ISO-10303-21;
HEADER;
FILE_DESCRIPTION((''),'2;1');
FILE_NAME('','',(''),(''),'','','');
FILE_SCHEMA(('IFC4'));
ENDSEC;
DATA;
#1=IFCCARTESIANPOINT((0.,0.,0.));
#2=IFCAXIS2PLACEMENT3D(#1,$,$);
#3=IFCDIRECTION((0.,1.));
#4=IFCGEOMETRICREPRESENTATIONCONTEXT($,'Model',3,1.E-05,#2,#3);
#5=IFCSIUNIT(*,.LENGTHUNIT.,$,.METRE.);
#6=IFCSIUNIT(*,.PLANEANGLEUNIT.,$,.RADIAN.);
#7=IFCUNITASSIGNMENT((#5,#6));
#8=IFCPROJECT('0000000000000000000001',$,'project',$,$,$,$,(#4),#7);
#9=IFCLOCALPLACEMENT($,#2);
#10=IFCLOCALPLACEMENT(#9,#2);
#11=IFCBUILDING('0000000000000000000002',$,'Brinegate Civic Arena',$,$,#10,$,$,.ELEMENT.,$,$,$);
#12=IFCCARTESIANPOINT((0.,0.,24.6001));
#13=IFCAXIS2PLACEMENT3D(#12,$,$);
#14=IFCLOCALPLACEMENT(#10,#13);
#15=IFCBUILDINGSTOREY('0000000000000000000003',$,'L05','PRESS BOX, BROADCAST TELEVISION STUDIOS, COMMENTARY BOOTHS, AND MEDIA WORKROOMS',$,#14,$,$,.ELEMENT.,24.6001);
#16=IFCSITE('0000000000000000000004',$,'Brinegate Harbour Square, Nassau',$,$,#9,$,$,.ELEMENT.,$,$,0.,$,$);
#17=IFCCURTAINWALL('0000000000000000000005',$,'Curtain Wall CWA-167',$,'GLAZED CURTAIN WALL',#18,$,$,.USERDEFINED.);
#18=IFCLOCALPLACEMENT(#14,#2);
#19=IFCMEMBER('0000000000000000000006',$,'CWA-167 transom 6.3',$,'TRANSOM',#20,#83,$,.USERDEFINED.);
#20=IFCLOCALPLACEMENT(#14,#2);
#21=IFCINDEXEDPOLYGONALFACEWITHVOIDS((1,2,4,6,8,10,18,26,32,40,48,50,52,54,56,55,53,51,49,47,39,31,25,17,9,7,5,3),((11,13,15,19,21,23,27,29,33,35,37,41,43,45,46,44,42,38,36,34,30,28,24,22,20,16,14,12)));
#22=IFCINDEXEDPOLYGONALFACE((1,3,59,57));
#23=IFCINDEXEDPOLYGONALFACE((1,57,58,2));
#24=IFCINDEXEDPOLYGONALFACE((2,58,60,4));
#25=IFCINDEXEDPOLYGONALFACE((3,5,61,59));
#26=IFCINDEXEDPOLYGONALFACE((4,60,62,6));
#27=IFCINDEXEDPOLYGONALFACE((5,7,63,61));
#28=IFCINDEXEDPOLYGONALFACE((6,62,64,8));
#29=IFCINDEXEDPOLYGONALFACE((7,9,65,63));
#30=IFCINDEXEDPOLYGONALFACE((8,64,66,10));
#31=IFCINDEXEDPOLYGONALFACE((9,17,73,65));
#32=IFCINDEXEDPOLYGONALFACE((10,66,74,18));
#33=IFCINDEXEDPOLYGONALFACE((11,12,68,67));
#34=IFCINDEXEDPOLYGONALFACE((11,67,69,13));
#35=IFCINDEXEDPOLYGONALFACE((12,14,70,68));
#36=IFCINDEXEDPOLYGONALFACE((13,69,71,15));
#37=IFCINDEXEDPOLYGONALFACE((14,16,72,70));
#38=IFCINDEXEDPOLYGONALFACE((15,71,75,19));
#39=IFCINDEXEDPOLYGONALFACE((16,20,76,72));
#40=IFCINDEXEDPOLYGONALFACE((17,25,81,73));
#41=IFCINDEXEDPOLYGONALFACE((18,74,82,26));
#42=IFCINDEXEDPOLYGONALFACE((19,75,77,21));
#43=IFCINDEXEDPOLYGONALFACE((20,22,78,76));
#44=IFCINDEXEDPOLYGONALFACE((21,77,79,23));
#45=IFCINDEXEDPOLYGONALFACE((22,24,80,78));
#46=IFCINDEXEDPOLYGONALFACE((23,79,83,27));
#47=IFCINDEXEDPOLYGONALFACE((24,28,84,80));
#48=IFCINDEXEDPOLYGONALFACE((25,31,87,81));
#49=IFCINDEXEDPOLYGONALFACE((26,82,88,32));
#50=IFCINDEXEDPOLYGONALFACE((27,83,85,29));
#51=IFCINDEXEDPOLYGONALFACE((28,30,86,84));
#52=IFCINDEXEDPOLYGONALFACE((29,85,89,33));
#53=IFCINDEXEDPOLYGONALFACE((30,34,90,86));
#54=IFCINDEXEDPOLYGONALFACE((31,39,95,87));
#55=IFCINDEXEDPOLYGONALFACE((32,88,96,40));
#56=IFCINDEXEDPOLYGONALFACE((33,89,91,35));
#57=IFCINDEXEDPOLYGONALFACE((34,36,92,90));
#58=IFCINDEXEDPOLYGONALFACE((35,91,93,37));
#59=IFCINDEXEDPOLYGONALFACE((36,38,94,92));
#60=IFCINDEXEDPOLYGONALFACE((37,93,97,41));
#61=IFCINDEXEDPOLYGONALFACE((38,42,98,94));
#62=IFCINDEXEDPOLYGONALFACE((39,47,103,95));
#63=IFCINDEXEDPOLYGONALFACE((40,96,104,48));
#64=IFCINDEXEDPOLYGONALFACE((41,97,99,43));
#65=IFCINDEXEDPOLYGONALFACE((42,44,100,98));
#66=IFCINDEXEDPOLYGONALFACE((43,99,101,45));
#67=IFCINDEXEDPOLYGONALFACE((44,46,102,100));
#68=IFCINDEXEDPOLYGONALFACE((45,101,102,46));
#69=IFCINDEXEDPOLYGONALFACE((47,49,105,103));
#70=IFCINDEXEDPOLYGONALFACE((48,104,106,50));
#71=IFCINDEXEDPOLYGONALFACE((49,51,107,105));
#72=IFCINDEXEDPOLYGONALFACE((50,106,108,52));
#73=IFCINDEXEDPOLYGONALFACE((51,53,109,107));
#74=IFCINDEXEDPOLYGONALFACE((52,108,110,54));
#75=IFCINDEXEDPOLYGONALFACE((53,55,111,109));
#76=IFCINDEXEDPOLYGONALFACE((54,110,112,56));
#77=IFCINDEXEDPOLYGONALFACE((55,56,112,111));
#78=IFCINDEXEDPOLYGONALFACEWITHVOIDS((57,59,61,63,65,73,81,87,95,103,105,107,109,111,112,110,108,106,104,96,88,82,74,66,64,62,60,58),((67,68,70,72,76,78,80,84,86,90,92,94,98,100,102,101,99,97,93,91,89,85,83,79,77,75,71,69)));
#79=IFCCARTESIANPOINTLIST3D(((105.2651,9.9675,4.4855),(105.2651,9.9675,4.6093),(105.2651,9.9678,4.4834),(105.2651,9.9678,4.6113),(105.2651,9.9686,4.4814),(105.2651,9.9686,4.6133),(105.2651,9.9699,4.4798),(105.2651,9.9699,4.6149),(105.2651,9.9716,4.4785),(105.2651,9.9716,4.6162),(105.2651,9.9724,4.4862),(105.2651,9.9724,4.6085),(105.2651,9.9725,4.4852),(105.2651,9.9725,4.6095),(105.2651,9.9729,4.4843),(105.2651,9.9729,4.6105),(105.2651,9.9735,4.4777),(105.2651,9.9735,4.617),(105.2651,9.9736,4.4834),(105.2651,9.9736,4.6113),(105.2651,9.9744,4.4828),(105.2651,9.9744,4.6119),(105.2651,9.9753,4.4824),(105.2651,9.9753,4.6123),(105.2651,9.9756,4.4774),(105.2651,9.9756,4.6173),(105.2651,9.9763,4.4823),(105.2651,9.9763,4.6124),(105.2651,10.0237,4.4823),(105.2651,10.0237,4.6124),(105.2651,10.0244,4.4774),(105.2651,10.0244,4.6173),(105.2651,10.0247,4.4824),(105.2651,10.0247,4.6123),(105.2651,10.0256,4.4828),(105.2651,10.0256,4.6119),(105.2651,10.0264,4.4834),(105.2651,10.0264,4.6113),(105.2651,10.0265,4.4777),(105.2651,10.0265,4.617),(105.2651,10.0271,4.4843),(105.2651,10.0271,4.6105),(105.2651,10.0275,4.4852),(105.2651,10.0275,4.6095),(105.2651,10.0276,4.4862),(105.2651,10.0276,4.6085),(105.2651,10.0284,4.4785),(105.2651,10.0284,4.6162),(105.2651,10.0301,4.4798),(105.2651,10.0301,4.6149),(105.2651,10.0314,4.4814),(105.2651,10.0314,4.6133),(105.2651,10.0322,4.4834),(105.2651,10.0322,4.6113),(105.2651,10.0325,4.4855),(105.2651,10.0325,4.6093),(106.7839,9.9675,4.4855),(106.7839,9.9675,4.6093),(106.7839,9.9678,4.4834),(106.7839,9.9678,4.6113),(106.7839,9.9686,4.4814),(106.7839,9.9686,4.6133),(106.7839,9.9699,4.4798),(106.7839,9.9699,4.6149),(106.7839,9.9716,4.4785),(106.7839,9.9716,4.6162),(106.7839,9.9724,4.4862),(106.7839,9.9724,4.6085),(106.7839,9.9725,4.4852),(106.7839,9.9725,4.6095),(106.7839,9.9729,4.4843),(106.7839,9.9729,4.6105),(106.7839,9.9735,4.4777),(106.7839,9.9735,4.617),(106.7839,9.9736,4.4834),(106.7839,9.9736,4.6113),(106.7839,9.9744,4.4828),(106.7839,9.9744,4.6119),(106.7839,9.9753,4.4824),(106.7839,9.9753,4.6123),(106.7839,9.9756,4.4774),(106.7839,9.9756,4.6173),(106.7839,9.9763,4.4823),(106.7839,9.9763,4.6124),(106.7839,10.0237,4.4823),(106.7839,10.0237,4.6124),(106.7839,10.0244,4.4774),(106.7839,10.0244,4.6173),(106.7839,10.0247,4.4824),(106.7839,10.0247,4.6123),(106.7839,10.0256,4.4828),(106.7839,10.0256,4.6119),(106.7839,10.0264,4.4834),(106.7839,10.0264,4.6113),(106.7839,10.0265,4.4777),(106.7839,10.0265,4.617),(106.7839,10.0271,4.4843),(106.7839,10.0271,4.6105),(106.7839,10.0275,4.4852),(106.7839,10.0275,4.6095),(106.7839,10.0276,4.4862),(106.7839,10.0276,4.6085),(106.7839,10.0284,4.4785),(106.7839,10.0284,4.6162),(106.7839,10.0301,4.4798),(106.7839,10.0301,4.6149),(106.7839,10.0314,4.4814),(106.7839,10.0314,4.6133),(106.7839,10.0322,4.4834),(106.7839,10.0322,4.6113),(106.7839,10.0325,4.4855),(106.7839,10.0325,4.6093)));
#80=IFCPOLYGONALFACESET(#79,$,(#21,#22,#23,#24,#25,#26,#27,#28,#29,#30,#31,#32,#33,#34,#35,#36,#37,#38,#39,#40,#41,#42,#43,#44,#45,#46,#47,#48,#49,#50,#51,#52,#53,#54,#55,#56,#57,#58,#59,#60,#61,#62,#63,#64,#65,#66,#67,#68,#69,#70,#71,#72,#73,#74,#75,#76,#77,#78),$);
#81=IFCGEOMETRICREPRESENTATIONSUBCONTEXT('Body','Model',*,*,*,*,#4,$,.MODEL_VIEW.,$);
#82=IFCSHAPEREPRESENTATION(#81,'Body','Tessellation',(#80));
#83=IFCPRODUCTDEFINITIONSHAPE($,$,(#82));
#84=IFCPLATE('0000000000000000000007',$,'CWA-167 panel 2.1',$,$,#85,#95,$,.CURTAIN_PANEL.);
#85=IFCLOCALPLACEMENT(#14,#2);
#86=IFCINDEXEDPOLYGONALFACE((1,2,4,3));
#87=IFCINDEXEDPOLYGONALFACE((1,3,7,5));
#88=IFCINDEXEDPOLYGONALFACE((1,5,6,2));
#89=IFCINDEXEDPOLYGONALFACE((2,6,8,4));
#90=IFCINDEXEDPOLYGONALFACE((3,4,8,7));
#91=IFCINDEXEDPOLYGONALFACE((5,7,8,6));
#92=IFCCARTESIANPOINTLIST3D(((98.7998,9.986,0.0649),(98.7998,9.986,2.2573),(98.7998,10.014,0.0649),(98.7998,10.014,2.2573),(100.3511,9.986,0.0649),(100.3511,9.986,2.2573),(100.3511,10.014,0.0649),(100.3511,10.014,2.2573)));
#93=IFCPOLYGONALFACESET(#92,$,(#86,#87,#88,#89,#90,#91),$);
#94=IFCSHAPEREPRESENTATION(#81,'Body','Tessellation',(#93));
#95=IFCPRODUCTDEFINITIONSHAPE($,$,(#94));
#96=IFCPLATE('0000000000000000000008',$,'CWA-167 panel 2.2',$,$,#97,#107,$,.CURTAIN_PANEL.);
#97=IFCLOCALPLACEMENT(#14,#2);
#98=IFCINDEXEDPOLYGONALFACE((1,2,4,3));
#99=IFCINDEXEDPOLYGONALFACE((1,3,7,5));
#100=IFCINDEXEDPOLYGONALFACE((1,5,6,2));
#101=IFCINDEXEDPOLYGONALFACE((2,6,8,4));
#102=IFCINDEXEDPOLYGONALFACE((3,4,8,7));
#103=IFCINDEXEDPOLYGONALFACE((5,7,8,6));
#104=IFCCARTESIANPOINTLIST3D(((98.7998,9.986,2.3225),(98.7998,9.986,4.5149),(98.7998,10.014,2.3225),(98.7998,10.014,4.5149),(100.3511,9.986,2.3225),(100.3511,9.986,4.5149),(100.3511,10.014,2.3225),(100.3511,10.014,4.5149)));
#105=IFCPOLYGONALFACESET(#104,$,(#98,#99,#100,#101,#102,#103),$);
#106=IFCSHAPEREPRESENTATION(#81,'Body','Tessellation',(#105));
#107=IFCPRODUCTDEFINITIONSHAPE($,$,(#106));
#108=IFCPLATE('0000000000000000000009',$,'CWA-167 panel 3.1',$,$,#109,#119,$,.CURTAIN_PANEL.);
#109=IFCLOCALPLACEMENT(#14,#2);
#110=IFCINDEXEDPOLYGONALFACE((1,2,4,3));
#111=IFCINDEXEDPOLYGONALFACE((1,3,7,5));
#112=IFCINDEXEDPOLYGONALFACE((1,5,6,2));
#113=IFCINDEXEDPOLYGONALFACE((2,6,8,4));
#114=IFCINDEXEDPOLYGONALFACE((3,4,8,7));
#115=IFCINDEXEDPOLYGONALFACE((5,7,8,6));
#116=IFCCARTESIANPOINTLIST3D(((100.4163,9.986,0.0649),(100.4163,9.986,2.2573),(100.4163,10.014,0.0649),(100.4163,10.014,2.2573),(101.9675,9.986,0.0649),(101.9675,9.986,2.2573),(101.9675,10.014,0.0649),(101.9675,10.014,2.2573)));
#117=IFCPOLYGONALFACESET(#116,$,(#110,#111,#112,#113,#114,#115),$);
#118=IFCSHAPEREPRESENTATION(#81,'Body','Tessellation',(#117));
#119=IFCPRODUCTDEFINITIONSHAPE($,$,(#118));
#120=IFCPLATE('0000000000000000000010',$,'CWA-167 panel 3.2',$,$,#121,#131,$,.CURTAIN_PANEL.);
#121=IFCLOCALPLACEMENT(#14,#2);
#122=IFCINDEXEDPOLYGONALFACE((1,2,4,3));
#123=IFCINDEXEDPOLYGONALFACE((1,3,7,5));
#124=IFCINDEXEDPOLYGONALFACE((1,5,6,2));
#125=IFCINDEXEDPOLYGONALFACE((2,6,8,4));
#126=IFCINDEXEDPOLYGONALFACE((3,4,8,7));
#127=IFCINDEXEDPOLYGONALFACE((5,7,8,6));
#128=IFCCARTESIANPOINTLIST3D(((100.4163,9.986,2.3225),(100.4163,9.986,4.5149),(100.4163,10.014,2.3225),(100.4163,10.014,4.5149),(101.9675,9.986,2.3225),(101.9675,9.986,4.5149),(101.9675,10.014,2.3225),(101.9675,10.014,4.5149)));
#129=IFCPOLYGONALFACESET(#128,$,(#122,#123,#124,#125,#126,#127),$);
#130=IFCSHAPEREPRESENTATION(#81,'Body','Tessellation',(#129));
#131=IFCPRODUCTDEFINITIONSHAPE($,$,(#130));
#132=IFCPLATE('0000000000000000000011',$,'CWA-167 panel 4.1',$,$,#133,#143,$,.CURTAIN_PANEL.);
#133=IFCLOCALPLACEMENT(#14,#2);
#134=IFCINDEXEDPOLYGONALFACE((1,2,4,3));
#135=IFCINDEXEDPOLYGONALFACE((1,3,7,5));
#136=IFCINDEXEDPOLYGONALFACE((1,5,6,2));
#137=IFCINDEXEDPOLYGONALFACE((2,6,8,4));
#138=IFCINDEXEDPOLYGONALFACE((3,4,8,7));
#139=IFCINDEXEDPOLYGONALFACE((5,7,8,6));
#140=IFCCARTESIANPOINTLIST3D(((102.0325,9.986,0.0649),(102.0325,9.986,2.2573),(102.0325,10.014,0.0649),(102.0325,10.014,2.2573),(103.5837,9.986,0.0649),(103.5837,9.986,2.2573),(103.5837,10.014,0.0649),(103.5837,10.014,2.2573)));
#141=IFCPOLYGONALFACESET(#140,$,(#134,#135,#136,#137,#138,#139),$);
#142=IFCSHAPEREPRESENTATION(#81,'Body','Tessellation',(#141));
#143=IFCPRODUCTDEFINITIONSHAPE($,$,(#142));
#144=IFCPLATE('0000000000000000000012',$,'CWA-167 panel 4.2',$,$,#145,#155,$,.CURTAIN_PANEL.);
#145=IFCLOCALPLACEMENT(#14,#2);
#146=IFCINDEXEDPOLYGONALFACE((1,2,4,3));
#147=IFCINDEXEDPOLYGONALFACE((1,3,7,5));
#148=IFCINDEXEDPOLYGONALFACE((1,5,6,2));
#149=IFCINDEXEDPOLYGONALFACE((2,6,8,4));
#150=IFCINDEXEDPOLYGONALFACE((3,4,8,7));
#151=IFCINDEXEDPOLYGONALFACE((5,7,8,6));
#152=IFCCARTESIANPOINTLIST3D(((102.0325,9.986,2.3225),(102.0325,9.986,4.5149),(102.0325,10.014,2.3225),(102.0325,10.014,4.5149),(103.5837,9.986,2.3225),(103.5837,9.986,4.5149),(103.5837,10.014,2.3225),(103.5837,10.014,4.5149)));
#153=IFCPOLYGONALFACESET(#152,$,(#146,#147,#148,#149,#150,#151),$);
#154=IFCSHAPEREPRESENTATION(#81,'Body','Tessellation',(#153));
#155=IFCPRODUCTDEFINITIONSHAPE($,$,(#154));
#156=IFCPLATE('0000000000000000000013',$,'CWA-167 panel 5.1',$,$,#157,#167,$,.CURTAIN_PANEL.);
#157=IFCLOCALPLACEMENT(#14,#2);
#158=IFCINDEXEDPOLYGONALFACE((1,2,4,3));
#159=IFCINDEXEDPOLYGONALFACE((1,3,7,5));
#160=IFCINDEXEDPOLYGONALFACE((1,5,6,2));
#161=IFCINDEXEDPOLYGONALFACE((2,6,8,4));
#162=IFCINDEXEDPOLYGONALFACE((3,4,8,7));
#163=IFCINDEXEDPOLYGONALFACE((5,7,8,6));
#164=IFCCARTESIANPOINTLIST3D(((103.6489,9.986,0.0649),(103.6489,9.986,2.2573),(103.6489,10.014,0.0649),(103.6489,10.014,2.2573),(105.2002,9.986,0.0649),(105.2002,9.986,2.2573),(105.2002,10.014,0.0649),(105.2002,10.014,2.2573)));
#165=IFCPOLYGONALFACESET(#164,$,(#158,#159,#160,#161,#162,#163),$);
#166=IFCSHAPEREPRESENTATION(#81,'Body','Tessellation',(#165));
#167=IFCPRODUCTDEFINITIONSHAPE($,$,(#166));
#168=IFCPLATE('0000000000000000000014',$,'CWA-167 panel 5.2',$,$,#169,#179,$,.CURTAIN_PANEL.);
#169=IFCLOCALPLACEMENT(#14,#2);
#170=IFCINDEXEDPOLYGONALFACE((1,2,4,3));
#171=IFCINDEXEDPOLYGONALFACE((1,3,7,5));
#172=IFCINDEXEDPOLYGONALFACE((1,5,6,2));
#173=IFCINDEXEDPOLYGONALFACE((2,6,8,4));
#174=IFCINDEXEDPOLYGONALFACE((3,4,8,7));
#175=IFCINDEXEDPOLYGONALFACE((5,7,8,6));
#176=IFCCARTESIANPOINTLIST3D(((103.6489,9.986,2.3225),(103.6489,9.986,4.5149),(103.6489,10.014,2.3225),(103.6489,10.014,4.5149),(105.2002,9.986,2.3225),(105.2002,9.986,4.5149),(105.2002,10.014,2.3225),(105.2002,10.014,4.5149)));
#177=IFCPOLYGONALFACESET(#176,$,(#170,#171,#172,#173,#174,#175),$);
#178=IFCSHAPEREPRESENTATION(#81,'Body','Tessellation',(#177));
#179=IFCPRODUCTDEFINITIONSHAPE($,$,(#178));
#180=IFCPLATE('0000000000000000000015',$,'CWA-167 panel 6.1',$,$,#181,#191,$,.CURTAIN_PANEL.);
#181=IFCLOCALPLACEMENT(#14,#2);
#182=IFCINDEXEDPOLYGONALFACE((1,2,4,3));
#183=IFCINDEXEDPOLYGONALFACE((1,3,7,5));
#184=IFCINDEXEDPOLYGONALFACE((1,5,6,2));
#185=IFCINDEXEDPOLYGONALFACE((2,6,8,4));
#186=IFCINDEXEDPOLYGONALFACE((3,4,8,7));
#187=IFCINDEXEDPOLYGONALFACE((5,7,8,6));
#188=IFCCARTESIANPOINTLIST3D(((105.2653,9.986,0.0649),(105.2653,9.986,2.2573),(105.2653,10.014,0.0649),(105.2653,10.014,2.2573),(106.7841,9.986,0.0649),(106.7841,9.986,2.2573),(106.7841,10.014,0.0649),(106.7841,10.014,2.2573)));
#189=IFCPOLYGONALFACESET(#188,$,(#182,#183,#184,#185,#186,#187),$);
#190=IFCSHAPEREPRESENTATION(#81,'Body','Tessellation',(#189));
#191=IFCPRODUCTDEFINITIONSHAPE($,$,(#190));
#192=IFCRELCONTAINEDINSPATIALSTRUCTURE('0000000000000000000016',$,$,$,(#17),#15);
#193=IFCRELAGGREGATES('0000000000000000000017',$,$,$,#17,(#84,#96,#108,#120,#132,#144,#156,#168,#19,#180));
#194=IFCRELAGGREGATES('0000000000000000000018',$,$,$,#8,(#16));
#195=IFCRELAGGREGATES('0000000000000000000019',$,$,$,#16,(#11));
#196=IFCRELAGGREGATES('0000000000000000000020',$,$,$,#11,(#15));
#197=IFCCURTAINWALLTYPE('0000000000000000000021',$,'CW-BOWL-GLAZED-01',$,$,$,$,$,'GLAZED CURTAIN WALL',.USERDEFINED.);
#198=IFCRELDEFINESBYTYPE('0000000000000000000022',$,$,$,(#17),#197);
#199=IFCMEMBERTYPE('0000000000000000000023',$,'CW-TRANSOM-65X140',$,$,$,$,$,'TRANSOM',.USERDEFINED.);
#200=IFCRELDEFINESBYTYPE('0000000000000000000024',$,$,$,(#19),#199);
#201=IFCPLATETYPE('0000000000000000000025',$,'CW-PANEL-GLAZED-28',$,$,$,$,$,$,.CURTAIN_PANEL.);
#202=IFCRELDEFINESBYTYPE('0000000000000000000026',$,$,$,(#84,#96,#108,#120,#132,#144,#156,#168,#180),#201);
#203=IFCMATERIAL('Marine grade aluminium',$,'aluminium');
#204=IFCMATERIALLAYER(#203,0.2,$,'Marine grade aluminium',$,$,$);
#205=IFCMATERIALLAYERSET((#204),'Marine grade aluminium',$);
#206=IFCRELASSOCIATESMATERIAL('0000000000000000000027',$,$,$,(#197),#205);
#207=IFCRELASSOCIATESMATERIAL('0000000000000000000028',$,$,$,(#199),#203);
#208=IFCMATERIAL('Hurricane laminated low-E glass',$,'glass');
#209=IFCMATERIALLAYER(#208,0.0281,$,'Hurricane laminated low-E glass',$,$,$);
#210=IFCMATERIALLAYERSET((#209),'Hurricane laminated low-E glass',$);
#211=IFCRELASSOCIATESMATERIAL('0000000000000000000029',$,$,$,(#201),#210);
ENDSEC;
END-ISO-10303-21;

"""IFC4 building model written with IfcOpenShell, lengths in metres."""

from ifc_helpers import new_model, si_unit, direction, frame, origin, origin_2d, place, context, subcontext, project, spatial, rectangle, hollow_rectangle, extrude, material, layer, layer_set, material_profile, profile_set, type_object, element, aggregate, save


model = new_model("IFC4")

# Units and contexts
model_context = context("Model", 3, precision=1e-05, world=origin(), true_north=direction((0.0, 1.0)))
body_context = subcontext(model_context, "Body", "Model", "MODEL_VIEW")
ifc_project = project(units=[si_unit("LENGTHUNIT", "METRE"), si_unit("PLANEANGLEUNIT", "RADIAN")], contexts=[model_context])

# Site, building, storey
site_placement = place(None, origin())
site = spatial("IfcSite", under=ifc_project, at=site_placement, Name="Brinegate Harbour Square, Nassau", CompositionType="ELEMENT", RefElevation=0.0)
building_placement = place(site_placement, origin())
building = spatial("IfcBuilding", under=site, at=building_placement, Name="Brinegate Civic Arena", CompositionType="ELEMENT")
storey_placement = place(building_placement, frame((0.0, 0.0, 24.6001)))
storey = spatial("IfcBuildingStorey", under=building, at=storey_placement, Name="L05", Description="PRESS BOX, BROADCAST TELEVISION STUDIOS, COMMENTARY BOOTHS, AND MEDIA WORKROOMS", CompositionType="ELEMENT", Elevation=24.6001)

# Curtain wall, member, plates
ifc_material_1 = material(Name="Marine grade aluminium", Category="aluminium")
ifc_layer_1 = layer(ifc_material_1, 0.2, Name="Marine grade aluminium")
ifc_layer_set_1 = layer_set([ifc_layer_1], Name="Marine grade aluminium")
curtain_wall_type = type_object("IfcCurtainWallType", Name="CW-BOWL-GLAZED-01", ElementType="GLAZED CURTAIN WALL", PredefinedType="USERDEFINED", material=ifc_layer_set_1)
curtain_wall_placement = place(storey_placement, origin())
curtain_wall = element("IfcCurtainWall", 1, at=curtain_wall_placement, inside=storey, type_object=curtain_wall_type, Name="Curtain Wall CWA-167", ObjectType="GLAZED CURTAIN WALL", PredefinedType="USERDEFINED")
ifc_material_profile_1 = material_profile(ifc_material_1, hollow_rectangle(XDim=0.0649, YDim=0.1399, WallThickness=0.0049, InnerFilletRadius=0.0039, OuterFilletRadius=0.0081, at=origin_2d()), Name="TRN65X140")
ifc_profile_set_1 = profile_set([ifc_material_profile_1], Name="Marine grade aluminium")
member_type_1 = type_object("IfcMemberType", Name="CW-TRANSOM-65X140", ElementType="TRANSOM", PredefinedType="USERDEFINED", material=ifc_profile_set_1)
member_1_placement = place(storey_placement, frame((105.2651, 10.0, 4.5474), z_axis=(1.0, 0.0, 0.0), x_axis=(0.0, 1.0, 0.0)))
member_1 = element("IfcMember", 2, at=member_1_placement, type_object=member_type_1, Name="CWA-167 transom 6.3", ObjectType="TRANSOM", PredefinedType="USERDEFINED", context=body_context, shape_type="SweptSolid", body=[
    extrude(hollow_rectangle(XDim=0.0649, YDim=0.1399, WallThickness=0.0049, InnerFilletRadius=0.0039, OuterFilletRadius=0.0081, at=origin_2d()), origin(), (0.0, 0.0, 1.0), 1.5188),
])
ifc_material_2 = material(Name="Hurricane laminated low-E glass", Category="glass")
ifc_layer_2 = layer(ifc_material_2, 0.0281, Name="Hurricane laminated low-E glass")
ifc_layer_set_2 = layer_set([ifc_layer_2], Name="Hurricane laminated low-E glass")
plate_type = type_object("IfcPlateType", Name="CW-PANEL-GLAZED-28", PredefinedType="CURTAIN_PANEL", material=ifc_layer_set_2)
plate_1_placement = place(storey_placement, frame((99.5754, 10.0, 0.0649), z_axis=(0.0, 0.0, 1.0), x_axis=(1.0, 0.0, 0.0)))
plate_1 = element("IfcPlate", 3, at=plate_1_placement, type_object=plate_type, Name="CWA-167 panel 2.1", PredefinedType="CURTAIN_PANEL", context=body_context, shape_type="SweptSolid", body=[
    extrude(rectangle(XDim=1.5513, YDim=0.0281, at=origin_2d()), origin(), (0.0, 0.0, 1.0), 2.1924),
])
plate_2_placement = place(storey_placement, frame((99.5754, 10.0, 2.3225), z_axis=(0.0, 0.0, 1.0), x_axis=(1.0, 0.0, 0.0)))
plate_2 = element("IfcPlate", 4, at=plate_2_placement, type_object=plate_type, Name="CWA-167 panel 2.2", PredefinedType="CURTAIN_PANEL", context=body_context, shape_type="SweptSolid", body=[
    extrude(rectangle(XDim=1.5513, YDim=0.0281, at=origin_2d()), origin(), (0.0, 0.0, 1.0), 2.1924),
])
plate_3_placement = place(storey_placement, frame((101.1919, 10.0, 0.0649), z_axis=(0.0, 0.0, 1.0), x_axis=(1.0, 0.0, 0.0)))
plate_3 = element("IfcPlate", 5, at=plate_3_placement, type_object=plate_type, Name="CWA-167 panel 3.1", PredefinedType="CURTAIN_PANEL", context=body_context, shape_type="SweptSolid", body=[
    extrude(rectangle(XDim=1.5513, YDim=0.0281, at=origin_2d()), origin(), (0.0, 0.0, 1.0), 2.1924),
])
plate_4_placement = place(storey_placement, frame((101.1919, 10.0, 2.3225), z_axis=(0.0, 0.0, 1.0), x_axis=(1.0, 0.0, 0.0)))
plate_4 = element("IfcPlate", 6, at=plate_4_placement, type_object=plate_type, Name="CWA-167 panel 3.2", PredefinedType="CURTAIN_PANEL", context=body_context, shape_type="SweptSolid", body=[
    extrude(rectangle(XDim=1.5513, YDim=0.0281, at=origin_2d()), origin(), (0.0, 0.0, 1.0), 2.1924),
])
plate_5_placement = place(storey_placement, frame((102.8081, 10.0, 0.0649), z_axis=(0.0, 0.0, 1.0), x_axis=(1.0, 0.0, 0.0)))
plate_5 = element("IfcPlate", 7, at=plate_5_placement, type_object=plate_type, Name="CWA-167 panel 4.1", PredefinedType="CURTAIN_PANEL", context=body_context, shape_type="SweptSolid", body=[
    extrude(rectangle(XDim=1.5513, YDim=0.0281, at=origin_2d()), origin(), (0.0, 0.0, 1.0), 2.1924),
])
plate_6_placement = place(storey_placement, frame((102.8081, 10.0, 2.3225), z_axis=(0.0, 0.0, 1.0), x_axis=(1.0, 0.0, 0.0)))
plate_6 = element("IfcPlate", 8, at=plate_6_placement, type_object=plate_type, Name="CWA-167 panel 4.2", PredefinedType="CURTAIN_PANEL", context=body_context, shape_type="SweptSolid", body=[
    extrude(rectangle(XDim=1.5513, YDim=0.0281, at=origin_2d()), origin(), (0.0, 0.0, 1.0), 2.1924),
])
plate_7_placement = place(storey_placement, frame((104.4246, 10.0, 0.0649), z_axis=(0.0, 0.0, 1.0), x_axis=(1.0, 0.0, 0.0)))
plate_7 = element("IfcPlate", 9, at=plate_7_placement, type_object=plate_type, Name="CWA-167 panel 5.1", PredefinedType="CURTAIN_PANEL", context=body_context, shape_type="SweptSolid", body=[
    extrude(rectangle(XDim=1.5513, YDim=0.0281, at=origin_2d()), origin(), (0.0, 0.0, 1.0), 2.1924),
])
plate_8_placement = place(storey_placement, frame((104.4246, 10.0, 2.3225), z_axis=(0.0, 0.0, 1.0), x_axis=(1.0, 0.0, 0.0)))
plate_8 = element("IfcPlate", 10, at=plate_8_placement, type_object=plate_type, Name="CWA-167 panel 5.2", PredefinedType="CURTAIN_PANEL", context=body_context, shape_type="SweptSolid", body=[
    extrude(rectangle(XDim=1.5513, YDim=0.0281, at=origin_2d()), origin(), (0.0, 0.0, 1.0), 2.1924),
])
plate_9_placement = place(storey_placement, frame((106.0247, 10.0, 0.0649), z_axis=(0.0, 0.0, 1.0), x_axis=(1.0, 0.0, 0.0)))
plate_9 = element("IfcPlate", 11, at=plate_9_placement, type_object=plate_type, Name="CWA-167 panel 6.1", PredefinedType="CURTAIN_PANEL", context=body_context, shape_type="SweptSolid", body=[
    extrude(rectangle(XDim=1.5188, YDim=0.0281, at=origin_2d()), origin(), (0.0, 0.0, 1.0), 2.1924),
])
aggregate(curtain_wall, [plate_1, plate_2, plate_3, plate_4, plate_5, plate_6, plate_7, plate_8, member_1, plate_9])

save(model, "model.ifc")
